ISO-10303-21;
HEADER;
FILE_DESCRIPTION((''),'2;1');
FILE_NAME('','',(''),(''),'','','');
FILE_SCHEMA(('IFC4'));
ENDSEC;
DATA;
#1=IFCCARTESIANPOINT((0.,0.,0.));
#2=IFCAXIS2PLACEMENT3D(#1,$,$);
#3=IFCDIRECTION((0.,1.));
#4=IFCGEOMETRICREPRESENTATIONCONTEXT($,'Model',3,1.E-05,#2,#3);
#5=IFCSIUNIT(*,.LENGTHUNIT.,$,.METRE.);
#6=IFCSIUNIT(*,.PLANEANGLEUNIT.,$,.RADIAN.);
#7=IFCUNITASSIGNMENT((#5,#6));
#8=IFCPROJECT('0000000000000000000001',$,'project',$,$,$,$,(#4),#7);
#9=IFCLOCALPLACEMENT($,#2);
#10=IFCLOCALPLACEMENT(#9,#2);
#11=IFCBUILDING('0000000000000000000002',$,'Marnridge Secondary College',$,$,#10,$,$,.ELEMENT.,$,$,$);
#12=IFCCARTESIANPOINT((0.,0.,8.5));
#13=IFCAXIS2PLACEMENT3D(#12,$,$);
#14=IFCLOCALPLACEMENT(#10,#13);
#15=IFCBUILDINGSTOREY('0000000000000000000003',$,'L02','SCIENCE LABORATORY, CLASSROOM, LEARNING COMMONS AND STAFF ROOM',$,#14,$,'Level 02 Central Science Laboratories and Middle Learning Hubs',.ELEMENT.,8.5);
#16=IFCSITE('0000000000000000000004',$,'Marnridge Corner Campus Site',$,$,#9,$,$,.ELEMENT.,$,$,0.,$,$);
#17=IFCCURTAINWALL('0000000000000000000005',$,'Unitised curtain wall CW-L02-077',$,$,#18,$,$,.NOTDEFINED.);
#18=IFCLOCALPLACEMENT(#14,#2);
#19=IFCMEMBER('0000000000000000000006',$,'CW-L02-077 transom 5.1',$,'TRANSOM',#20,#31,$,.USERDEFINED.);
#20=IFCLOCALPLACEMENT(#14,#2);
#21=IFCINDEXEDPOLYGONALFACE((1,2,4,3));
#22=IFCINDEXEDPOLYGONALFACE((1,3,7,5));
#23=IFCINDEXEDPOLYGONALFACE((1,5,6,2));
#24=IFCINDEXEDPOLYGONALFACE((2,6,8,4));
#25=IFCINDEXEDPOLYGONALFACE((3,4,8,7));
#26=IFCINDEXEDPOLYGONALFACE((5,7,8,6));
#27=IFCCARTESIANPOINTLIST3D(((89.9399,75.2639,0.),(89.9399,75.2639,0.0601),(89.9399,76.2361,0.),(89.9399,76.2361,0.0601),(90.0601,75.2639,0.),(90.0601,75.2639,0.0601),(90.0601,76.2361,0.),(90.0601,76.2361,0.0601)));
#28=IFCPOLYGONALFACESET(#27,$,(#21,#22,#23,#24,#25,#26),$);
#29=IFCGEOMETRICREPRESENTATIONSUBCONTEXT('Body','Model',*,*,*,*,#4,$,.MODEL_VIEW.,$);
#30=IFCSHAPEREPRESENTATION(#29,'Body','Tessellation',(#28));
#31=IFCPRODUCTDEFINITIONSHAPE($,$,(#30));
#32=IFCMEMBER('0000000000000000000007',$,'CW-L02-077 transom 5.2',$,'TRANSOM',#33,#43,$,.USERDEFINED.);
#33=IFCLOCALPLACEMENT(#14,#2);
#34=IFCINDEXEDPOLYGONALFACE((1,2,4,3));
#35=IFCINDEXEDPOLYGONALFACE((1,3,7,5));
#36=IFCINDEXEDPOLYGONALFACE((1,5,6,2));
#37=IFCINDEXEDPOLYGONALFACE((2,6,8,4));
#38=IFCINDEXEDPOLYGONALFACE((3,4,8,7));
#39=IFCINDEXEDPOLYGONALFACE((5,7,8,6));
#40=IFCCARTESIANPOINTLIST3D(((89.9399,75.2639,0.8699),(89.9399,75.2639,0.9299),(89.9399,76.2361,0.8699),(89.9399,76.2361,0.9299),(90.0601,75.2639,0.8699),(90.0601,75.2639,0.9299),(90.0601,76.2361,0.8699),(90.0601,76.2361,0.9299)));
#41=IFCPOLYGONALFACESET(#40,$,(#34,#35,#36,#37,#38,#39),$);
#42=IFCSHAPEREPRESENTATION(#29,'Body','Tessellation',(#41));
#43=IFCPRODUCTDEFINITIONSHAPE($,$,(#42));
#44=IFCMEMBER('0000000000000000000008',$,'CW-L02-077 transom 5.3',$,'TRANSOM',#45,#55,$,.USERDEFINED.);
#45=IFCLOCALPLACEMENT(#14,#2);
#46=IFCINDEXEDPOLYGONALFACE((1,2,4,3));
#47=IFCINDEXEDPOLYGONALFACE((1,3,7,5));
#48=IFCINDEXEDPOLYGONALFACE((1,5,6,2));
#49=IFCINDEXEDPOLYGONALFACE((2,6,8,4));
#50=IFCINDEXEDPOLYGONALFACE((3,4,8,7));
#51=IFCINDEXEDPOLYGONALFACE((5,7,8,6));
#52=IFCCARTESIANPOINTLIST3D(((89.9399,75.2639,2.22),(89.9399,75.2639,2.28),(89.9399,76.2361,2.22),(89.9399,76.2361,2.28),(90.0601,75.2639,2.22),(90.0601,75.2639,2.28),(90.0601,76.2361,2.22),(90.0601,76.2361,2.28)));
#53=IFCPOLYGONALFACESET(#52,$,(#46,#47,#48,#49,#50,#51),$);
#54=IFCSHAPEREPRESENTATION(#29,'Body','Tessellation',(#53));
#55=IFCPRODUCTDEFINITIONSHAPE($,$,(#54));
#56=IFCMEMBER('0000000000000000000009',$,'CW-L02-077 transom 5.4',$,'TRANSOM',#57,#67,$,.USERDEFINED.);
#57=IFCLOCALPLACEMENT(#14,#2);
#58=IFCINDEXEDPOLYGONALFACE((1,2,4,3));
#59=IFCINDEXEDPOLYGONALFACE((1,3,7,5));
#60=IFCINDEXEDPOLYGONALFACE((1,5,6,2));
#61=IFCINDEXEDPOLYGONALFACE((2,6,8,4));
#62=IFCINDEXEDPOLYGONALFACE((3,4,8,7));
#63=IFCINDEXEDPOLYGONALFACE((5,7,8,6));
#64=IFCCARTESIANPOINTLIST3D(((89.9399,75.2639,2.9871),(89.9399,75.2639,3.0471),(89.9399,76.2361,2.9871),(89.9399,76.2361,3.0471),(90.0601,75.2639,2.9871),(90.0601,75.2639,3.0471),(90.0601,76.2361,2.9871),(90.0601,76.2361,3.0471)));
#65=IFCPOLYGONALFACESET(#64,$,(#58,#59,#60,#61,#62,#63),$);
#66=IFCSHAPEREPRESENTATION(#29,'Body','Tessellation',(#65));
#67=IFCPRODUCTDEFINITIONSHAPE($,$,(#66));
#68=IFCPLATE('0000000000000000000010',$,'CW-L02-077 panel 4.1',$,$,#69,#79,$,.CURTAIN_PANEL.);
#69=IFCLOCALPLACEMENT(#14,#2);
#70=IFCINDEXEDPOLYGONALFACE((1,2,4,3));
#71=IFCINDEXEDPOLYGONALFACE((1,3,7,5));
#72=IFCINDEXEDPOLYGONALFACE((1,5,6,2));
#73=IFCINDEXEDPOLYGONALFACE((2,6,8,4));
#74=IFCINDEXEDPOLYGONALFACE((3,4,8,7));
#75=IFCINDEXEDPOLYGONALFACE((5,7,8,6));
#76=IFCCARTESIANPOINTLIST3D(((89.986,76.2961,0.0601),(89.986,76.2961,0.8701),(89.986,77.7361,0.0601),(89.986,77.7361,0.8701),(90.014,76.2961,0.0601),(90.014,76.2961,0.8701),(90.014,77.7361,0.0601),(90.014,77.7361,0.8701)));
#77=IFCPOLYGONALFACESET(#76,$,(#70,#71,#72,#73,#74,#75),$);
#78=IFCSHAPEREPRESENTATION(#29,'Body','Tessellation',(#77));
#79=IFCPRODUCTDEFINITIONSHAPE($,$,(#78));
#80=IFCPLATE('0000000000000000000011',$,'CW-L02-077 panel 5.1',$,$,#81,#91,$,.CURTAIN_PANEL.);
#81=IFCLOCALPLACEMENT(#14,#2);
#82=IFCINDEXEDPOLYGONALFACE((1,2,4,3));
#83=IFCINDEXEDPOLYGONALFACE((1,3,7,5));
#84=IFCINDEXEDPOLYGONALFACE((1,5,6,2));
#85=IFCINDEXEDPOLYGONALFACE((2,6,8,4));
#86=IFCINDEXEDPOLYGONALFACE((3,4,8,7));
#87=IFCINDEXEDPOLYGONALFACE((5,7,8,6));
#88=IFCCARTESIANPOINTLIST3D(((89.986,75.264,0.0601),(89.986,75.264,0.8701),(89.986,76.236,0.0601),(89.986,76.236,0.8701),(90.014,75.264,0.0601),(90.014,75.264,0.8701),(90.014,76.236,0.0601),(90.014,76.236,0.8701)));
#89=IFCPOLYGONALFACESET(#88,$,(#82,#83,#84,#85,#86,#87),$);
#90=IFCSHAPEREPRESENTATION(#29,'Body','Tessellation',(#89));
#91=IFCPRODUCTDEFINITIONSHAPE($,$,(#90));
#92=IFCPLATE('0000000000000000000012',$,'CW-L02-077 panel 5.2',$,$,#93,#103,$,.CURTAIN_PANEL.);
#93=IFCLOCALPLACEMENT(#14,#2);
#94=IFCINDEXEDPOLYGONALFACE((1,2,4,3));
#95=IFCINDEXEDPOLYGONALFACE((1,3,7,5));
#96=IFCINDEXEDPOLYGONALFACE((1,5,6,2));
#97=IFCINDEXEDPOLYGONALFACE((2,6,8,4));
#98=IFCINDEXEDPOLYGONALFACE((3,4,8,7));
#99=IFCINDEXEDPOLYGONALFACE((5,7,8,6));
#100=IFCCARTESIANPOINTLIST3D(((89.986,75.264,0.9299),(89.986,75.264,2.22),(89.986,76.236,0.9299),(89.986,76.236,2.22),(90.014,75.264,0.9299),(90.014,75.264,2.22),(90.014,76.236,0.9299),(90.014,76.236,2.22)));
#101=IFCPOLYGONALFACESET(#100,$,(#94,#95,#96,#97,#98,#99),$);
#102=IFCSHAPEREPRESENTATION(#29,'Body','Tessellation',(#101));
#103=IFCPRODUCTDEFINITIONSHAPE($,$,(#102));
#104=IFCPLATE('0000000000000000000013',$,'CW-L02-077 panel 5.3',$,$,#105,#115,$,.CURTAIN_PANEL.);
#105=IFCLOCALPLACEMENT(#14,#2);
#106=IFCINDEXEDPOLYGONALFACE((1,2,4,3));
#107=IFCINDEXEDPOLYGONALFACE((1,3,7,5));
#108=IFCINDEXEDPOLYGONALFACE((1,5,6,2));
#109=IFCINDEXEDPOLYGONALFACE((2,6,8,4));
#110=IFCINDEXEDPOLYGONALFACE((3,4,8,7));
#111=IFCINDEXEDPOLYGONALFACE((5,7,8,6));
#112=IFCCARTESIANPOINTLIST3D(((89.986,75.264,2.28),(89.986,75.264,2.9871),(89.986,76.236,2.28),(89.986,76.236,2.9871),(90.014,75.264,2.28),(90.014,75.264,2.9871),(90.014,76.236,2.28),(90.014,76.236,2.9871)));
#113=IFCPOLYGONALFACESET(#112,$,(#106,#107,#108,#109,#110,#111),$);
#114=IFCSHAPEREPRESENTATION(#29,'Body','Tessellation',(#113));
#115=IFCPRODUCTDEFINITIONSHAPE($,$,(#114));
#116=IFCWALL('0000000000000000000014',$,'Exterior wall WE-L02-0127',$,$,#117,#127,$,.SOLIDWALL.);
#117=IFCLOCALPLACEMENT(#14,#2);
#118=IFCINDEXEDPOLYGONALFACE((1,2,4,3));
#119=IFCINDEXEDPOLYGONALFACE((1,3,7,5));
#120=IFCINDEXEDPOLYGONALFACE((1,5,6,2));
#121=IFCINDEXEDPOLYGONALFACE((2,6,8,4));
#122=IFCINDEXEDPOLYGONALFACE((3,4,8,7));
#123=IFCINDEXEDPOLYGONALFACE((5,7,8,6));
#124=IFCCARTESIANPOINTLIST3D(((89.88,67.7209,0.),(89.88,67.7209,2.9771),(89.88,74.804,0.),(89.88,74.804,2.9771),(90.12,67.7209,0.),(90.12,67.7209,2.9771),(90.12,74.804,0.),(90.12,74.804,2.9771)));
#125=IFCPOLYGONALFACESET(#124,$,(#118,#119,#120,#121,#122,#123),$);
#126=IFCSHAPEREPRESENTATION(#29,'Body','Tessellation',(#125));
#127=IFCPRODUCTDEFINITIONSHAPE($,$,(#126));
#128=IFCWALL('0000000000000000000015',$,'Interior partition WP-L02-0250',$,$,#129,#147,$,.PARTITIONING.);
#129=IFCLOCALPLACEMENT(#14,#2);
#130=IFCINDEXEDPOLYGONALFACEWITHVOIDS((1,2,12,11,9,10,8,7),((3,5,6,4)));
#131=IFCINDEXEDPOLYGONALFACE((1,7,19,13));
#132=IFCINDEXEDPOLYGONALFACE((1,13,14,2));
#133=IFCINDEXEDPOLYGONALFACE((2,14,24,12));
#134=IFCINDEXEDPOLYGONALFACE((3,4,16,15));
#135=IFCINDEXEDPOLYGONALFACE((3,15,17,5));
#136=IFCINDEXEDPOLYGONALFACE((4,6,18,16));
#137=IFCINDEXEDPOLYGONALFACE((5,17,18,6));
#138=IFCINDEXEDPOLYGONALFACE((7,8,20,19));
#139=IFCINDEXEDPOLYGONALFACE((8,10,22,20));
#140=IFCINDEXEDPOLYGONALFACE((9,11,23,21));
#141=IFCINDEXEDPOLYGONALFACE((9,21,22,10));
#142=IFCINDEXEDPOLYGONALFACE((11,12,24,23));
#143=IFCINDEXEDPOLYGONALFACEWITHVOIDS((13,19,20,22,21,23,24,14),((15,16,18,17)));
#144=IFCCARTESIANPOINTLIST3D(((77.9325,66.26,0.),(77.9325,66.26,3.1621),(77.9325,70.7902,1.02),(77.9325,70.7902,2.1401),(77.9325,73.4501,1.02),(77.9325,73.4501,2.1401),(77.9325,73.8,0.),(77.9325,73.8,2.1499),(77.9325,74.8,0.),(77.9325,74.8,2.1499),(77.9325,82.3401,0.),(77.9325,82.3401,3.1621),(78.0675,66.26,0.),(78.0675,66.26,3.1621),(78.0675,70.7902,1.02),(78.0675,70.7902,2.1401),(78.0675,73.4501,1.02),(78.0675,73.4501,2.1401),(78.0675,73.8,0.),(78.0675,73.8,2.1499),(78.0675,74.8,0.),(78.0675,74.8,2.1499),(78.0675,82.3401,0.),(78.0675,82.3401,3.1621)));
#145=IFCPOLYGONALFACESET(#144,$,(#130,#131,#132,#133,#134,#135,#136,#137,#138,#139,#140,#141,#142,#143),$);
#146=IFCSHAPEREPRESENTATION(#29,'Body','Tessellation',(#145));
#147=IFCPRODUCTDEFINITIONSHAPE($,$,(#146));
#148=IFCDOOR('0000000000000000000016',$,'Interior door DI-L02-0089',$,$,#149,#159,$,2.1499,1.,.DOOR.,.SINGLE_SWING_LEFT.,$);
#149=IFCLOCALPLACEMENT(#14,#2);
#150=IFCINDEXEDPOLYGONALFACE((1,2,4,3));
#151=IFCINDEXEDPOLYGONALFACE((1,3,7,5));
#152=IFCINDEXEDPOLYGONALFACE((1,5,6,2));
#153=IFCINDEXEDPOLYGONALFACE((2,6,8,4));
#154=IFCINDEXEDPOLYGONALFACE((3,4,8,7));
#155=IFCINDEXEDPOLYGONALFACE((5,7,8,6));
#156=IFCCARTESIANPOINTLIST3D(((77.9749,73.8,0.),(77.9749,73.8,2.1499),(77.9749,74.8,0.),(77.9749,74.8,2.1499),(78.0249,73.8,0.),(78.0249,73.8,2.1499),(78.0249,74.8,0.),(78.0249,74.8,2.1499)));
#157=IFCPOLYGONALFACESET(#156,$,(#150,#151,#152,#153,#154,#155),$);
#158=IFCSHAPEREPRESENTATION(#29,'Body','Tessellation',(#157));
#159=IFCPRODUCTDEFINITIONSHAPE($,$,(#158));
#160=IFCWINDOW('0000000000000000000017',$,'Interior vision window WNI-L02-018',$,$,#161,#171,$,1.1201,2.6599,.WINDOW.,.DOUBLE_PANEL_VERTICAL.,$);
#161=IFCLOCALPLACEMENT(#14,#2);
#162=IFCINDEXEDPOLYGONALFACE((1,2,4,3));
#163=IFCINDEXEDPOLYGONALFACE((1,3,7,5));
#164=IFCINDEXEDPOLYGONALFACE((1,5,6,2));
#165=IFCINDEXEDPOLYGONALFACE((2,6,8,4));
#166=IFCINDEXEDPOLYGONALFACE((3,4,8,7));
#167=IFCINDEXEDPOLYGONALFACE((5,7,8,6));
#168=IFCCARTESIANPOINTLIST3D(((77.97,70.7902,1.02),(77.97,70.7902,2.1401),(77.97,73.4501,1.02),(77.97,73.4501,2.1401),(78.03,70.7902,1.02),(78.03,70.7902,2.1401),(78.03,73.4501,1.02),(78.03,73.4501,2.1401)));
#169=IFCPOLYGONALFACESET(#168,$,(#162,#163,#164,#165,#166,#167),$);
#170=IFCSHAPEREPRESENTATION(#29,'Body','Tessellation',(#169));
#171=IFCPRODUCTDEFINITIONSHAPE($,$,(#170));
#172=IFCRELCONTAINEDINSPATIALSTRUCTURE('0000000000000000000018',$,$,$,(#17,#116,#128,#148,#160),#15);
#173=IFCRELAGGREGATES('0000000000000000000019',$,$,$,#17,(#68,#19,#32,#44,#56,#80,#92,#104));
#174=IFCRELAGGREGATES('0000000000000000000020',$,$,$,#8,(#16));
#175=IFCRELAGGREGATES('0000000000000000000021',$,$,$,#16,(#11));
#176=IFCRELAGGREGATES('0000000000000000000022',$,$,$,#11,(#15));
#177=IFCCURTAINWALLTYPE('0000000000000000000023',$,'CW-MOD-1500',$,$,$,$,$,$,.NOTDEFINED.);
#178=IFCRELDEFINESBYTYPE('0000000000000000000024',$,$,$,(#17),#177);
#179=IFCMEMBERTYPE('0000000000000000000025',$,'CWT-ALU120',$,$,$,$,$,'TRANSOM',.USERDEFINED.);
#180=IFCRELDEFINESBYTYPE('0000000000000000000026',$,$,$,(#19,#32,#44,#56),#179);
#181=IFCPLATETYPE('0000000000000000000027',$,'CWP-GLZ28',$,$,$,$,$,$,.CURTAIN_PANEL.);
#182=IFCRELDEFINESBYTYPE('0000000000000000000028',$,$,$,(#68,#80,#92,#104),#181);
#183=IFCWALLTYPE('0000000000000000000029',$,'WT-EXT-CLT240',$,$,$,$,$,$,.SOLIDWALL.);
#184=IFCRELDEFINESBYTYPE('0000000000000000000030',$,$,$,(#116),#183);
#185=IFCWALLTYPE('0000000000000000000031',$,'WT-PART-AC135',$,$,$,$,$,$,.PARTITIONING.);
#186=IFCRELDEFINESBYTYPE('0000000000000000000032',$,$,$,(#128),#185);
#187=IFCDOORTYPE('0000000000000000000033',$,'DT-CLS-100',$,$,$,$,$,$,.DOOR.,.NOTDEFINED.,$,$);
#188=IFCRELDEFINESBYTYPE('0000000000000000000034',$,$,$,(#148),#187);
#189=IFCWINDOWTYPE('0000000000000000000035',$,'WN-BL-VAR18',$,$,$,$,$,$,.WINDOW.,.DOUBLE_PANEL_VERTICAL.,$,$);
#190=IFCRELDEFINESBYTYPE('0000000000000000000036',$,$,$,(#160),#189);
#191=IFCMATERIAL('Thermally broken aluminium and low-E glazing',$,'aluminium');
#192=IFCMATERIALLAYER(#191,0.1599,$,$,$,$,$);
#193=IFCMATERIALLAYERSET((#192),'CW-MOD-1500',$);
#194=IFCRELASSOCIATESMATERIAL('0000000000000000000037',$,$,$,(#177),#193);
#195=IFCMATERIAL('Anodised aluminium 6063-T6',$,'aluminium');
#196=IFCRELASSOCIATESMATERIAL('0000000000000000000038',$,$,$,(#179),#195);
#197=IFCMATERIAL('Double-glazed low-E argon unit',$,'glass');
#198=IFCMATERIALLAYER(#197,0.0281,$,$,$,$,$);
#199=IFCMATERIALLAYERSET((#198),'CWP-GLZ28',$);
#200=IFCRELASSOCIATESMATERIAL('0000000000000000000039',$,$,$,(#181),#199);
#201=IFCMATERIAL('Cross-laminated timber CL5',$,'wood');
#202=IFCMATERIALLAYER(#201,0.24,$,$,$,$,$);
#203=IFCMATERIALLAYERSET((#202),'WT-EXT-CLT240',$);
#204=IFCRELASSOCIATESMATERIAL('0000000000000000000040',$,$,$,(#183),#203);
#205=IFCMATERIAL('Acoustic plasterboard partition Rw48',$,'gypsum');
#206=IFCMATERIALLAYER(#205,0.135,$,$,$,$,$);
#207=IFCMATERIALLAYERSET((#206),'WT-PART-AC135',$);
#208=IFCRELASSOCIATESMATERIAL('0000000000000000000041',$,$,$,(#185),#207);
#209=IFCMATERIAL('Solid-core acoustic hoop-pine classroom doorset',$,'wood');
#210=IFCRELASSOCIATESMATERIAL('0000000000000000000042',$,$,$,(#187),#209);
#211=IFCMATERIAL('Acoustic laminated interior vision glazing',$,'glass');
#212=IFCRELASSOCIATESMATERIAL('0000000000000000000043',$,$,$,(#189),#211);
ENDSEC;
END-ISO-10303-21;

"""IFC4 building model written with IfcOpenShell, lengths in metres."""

from ifc_helpers import new_model, si_unit, direction, frame, frame_2d, origin, origin_2d, place, context, subcontext, project, spatial, rectangle, extrude, material, layer, layer_set, material_profile, profile_set, type_object, element, fill, aggregate, save


model = new_model("IFC4")

# Units and contexts
model_context = context("Model", 3, precision=1e-05, world=origin(), true_north=direction((0.0, 1.0)))
body_context = subcontext(model_context, "Body", "Model", "MODEL_VIEW")
ifc_project = project(units=[si_unit("LENGTHUNIT", "METRE"), si_unit("PLANEANGLEUNIT", "RADIAN")], contexts=[model_context])

# Site, building, storey
site_placement = place(None, origin())
site = spatial("IfcSite", under=ifc_project, at=site_placement, Name="Marnridge Corner Campus Site", CompositionType="ELEMENT", RefElevation=0.0)
building_placement = place(site_placement, origin())
building = spatial("IfcBuilding", under=site, at=building_placement, Name="Marnridge Secondary College", CompositionType="ELEMENT")
storey_placement = place(building_placement, frame((0.0, 0.0, 8.5)))
storey = spatial("IfcBuildingStorey", under=building, at=storey_placement, Name="L02", Description="SCIENCE LABORATORY, CLASSROOM, LEARNING COMMONS AND STAFF ROOM", LongName="Level 02 Central Science Laboratories and Middle Learning Hubs", CompositionType="ELEMENT", Elevation=8.5)

# Curtain wall, members, plates
ifc_material_1 = material(Name="Thermally broken aluminium and low-E glazing", Category="aluminium")
ifc_layer_1 = layer(ifc_material_1, 0.1599)
ifc_layer_set_1 = layer_set([ifc_layer_1], Name="CW-MOD-1500")
curtain_wall_type = type_object("IfcCurtainWallType", Name="CW-MOD-1500", PredefinedType="NOTDEFINED", material=ifc_layer_set_1)
curtain_wall_placement = place(storey_placement, origin())
curtain_wall = element("IfcCurtainWall", 1, at=curtain_wall_placement, inside=storey, type_object=curtain_wall_type, Name="Unitised curtain wall CW-L02-077", PredefinedType="NOTDEFINED")
ifc_material_2 = material(Name="Anodised aluminium 6063-T6", Category="aluminium")
ifc_material_profile_1 = material_profile(ifc_material_2, rectangle(XDim=0.0601, YDim=0.1201, at=origin_2d()), Name="ALU 60x120")
ifc_profile_set_1 = profile_set([ifc_material_profile_1], Name="Anodised aluminium 6063-T6")
member_type_1 = type_object("IfcMemberType", Name="CWT-ALU120", ElementType="TRANSOM", PredefinedType="USERDEFINED", material=ifc_profile_set_1)
member_1_placement = place(storey_placement, frame((90.0, 76.2361, 0.03), z_axis=(0.0, -1.0, 0.0), x_axis=(0.0, 0.0, 1.0)))
member_1 = element("IfcMember", 2, at=member_1_placement, type_object=member_type_1, Name="CW-L02-077 transom 5.1", ObjectType="TRANSOM", PredefinedType="USERDEFINED", context=body_context, shape_type="SweptSolid", body=[
    extrude(rectangle(XDim=0.0601, YDim=0.1201, at=origin_2d()), origin(), (0.0, 0.0, 1.0), 0.9722),
])
member_2_placement = place(storey_placement, frame((90.0, 76.2361, 0.8999), z_axis=(0.0, -1.0, 0.0), x_axis=(0.0, 0.0, 1.0)))
member_2 = element("IfcMember", 3, at=member_2_placement, type_object=member_type_1, Name="CW-L02-077 transom 5.2", ObjectType="TRANSOM", PredefinedType="USERDEFINED", context=body_context, shape_type="SweptSolid", body=[
    extrude(rectangle(XDim=0.0601, YDim=0.1201, at=origin_2d()), origin(), (0.0, 0.0, 1.0), 0.9722),
])
member_3_placement = place(storey_placement, frame((90.0, 76.2361, 2.25), z_axis=(0.0, -1.0, 0.0), x_axis=(0.0, 0.0, 1.0)))
member_3 = element("IfcMember", 4, at=member_3_placement, type_object=member_type_1, Name="CW-L02-077 transom 5.3", ObjectType="TRANSOM", PredefinedType="USERDEFINED", context=body_context, shape_type="SweptSolid", body=[
    extrude(rectangle(XDim=0.0601, YDim=0.1201, at=origin_2d()), origin(), (0.0, 0.0, 1.0), 0.9722),
])
member_4_placement = place(storey_placement, frame((90.0, 76.2361, 3.0171), z_axis=(0.0, -1.0, 0.0), x_axis=(0.0, 0.0, 1.0)))
member_4 = element("IfcMember", 5, at=member_4_placement, type_object=member_type_1, Name="CW-L02-077 transom 5.4", ObjectType="TRANSOM", PredefinedType="USERDEFINED", context=body_context, shape_type="SweptSolid", body=[
    extrude(rectangle(XDim=0.0601, YDim=0.1201, at=origin_2d()), origin(), (0.0, 0.0, 1.0), 0.9722),
])
ifc_material_3 = material(Name="Double-glazed low-E argon unit", Category="glass")
ifc_layer_2 = layer(ifc_material_3, 0.0281)
ifc_layer_set_2 = layer_set([ifc_layer_2], Name="CWP-GLZ28")
plate_type = type_object("IfcPlateType", Name="CWP-GLZ28", PredefinedType="CURTAIN_PANEL", material=ifc_layer_set_2)
plate_1_placement = place(storey_placement, frame((90.0, 77.0161, 0.0601), z_axis=(0.0, 0.0, 1.0), x_axis=(0.0, -1.0, 0.0)))
plate_1 = element("IfcPlate", 6, at=plate_1_placement, type_object=plate_type, Name="CW-L02-077 panel 4.1", PredefinedType="CURTAIN_PANEL", context=body_context, shape_type="SweptSolid", body=[
    extrude(rectangle(XDim=1.4399, YDim=0.0281, at=origin_2d()), origin(), (0.0, 0.0, 1.0), 0.8101),
])
plate_2_placement = place(storey_placement, frame((90.0, 75.75, 0.0601), z_axis=(0.0, 0.0, 1.0), x_axis=(0.0, -1.0, 0.0)))
plate_2 = element("IfcPlate", 7, at=plate_2_placement, type_object=plate_type, Name="CW-L02-077 panel 5.1", PredefinedType="CURTAIN_PANEL", context=body_context, shape_type="SweptSolid", body=[
    extrude(rectangle(XDim=0.9719, YDim=0.0281, at=origin_2d()), origin(), (0.0, 0.0, 1.0), 0.8101),
])
plate_3_placement = place(storey_placement, frame((90.0, 75.75, 0.9299), z_axis=(0.0, 0.0, 1.0), x_axis=(0.0, -1.0, 0.0)))
plate_3 = element("IfcPlate", 8, at=plate_3_placement, type_object=plate_type, Name="CW-L02-077 panel 5.2", PredefinedType="CURTAIN_PANEL", context=body_context, shape_type="SweptSolid", body=[
    extrude(rectangle(XDim=0.9719, YDim=0.0281, at=origin_2d()), origin(), (0.0, 0.0, 1.0), 1.29),
])
plate_4_placement = place(storey_placement, frame((90.0, 75.75, 2.28), z_axis=(0.0, 0.0, 1.0), x_axis=(0.0, -1.0, 0.0)))
plate_4 = element("IfcPlate", 9, at=plate_4_placement, type_object=plate_type, Name="CW-L02-077 panel 5.3", PredefinedType="CURTAIN_PANEL", context=body_context, shape_type="SweptSolid", body=[
    extrude(rectangle(XDim=0.9719, YDim=0.0281, at=origin_2d()), origin(), (0.0, 0.0, 1.0), 0.707),
])
aggregate(curtain_wall, [plate_1, member_1, member_2, member_3, member_4, plate_2, plate_3, plate_4])

# Wall
ifc_material_4 = material(Name="Cross-laminated timber CL5", Category="wood")
ifc_layer_3 = layer(ifc_material_4, 0.24)
ifc_layer_set_3 = layer_set([ifc_layer_3], Name="WT-EXT-CLT240")
wall_type_1 = type_object("IfcWallType", Name="WT-EXT-CLT240", PredefinedType="SOLIDWALL", material=ifc_layer_set_3)
wall_1_placement = place(storey_placement, frame((90.0, 74.804, 0.0), z_axis=(0.0, 0.0, 1.0), x_axis=(0.0, -1.0, 0.0)))
element("IfcWall", 10, at=wall_1_placement, inside=storey, type_object=wall_type_1, Name="Exterior wall WE-L02-0127", PredefinedType="SOLIDWALL", context=body_context, shape_type="SweptSolid", body=[
    extrude(rectangle(XDim=7.083, YDim=0.24, at=frame_2d((3.5415, 0.0))), origin(), (0.0, 0.0, 1.0), 2.9771),
])

# Wall, openings, door, window
ifc_material_5 = material(Name="Acoustic plasterboard partition Rw48", Category="gypsum")
ifc_layer_4 = layer(ifc_material_5, 0.135)
ifc_layer_set_4 = layer_set([ifc_layer_4], Name="WT-PART-AC135")
wall_type_2 = type_object("IfcWallType", Name="WT-PART-AC135", PredefinedType="PARTITIONING", material=ifc_layer_set_4)
wall_2_placement = place(storey_placement, frame((78.0, 82.3401, 0.0), z_axis=(0.0, 0.0, 1.0), x_axis=(0.0, -1.0, 0.0)))
wall_2 = element("IfcWall", 11, at=wall_2_placement, inside=storey, type_object=wall_type_2, Name="Interior partition WP-L02-0250", PredefinedType="PARTITIONING", context=body_context, shape_type="SweptSolid", body=[
    extrude(rectangle(XDim=16.0801, YDim=0.135, at=frame_2d((8.04, 0.0))), origin(), (0.0, 0.0, 1.0), 3.1621),
])
opening_1_placement = place(wall_2_placement, frame((7.54, 0.0, 0.0)))
opening_1 = element("IfcOpeningElement", 12, at=opening_1_placement, cuts=wall_2, PredefinedType="OPENING", context=body_context, shape_type="SweptSolid", body=[
    extrude(rectangle(XDim=1.0, YDim=2.1499, at=frame_2d((0.5, 1.075))), frame((0.0, 0.0774, 0.0), z_axis=(0.0, -1.0, 0.0), x_axis=(1.0, 0.0, 0.0)), (0.0, 0.0, 1.0), 0.155),
])
opening_2_placement = place(wall_2_placement, frame((8.8899, 0.0, 1.02)))
opening_2 = element("IfcOpeningElement", 13, at=opening_2_placement, cuts=wall_2, PredefinedType="OPENING", context=body_context, shape_type="SweptSolid", body=[
    extrude(rectangle(XDim=2.6599, YDim=1.1201, at=frame_2d((1.3301, 0.5601))), frame((0.0, 0.0774, 0.0), z_axis=(0.0, -1.0, 0.0), x_axis=(1.0, 0.0, 0.0)), (0.0, 0.0, 1.0), 0.155),
])
ifc_material_6 = material(Name="Solid-core acoustic hoop-pine classroom doorset", Category="wood")
door_type = type_object("IfcDoorType", Name="DT-CLS-100", OperationType="NOTDEFINED", PredefinedType="DOOR", material=ifc_material_6)
door_placement = place(opening_1_placement, origin())
door = element("IfcDoor", 14, at=door_placement, inside=storey, type_object=door_type, Name="Interior door DI-L02-0089", OperationType="SINGLE_SWING_LEFT", OverallHeight=2.1499, OverallWidth=1.0, PredefinedType="DOOR", context=body_context, shape_type="SweptSolid", body=[
    extrude(rectangle(XDim=1.0, YDim=2.1499, at=frame_2d((0.5, 1.075))), frame((0.0, 0.0249, 0.0), z_axis=(0.0, -1.0, 0.0), x_axis=(1.0, 0.0, 0.0)), (0.0, 0.0, 1.0), 0.05),
])
fill(opening_1, door)
ifc_material_7 = material(Name="Acoustic laminated interior vision glazing", Category="glass")
window_type = type_object("IfcWindowType", Name="WN-BL-VAR18", PartitioningType="DOUBLE_PANEL_VERTICAL", PredefinedType="WINDOW", material=ifc_material_7)
window_placement = place(opening_2_placement, origin())
window = element("IfcWindow", 15, at=window_placement, inside=storey, type_object=window_type, Name="Interior vision window WNI-L02-018", OverallHeight=1.1201, OverallWidth=2.6599, PartitioningType="DOUBLE_PANEL_VERTICAL", PredefinedType="WINDOW", context=body_context, shape_type="SweptSolid", body=[
    extrude(rectangle(XDim=2.6599, YDim=1.1201, at=frame_2d((1.3301, 0.5601))), frame((0.0, 0.03, 0.0), z_axis=(0.0, -1.0, 0.0), x_axis=(1.0, 0.0, 0.0)), (0.0, 0.0, 1.0), 0.0601),
])
fill(opening_2, window)

save(model, "model.ifc")
